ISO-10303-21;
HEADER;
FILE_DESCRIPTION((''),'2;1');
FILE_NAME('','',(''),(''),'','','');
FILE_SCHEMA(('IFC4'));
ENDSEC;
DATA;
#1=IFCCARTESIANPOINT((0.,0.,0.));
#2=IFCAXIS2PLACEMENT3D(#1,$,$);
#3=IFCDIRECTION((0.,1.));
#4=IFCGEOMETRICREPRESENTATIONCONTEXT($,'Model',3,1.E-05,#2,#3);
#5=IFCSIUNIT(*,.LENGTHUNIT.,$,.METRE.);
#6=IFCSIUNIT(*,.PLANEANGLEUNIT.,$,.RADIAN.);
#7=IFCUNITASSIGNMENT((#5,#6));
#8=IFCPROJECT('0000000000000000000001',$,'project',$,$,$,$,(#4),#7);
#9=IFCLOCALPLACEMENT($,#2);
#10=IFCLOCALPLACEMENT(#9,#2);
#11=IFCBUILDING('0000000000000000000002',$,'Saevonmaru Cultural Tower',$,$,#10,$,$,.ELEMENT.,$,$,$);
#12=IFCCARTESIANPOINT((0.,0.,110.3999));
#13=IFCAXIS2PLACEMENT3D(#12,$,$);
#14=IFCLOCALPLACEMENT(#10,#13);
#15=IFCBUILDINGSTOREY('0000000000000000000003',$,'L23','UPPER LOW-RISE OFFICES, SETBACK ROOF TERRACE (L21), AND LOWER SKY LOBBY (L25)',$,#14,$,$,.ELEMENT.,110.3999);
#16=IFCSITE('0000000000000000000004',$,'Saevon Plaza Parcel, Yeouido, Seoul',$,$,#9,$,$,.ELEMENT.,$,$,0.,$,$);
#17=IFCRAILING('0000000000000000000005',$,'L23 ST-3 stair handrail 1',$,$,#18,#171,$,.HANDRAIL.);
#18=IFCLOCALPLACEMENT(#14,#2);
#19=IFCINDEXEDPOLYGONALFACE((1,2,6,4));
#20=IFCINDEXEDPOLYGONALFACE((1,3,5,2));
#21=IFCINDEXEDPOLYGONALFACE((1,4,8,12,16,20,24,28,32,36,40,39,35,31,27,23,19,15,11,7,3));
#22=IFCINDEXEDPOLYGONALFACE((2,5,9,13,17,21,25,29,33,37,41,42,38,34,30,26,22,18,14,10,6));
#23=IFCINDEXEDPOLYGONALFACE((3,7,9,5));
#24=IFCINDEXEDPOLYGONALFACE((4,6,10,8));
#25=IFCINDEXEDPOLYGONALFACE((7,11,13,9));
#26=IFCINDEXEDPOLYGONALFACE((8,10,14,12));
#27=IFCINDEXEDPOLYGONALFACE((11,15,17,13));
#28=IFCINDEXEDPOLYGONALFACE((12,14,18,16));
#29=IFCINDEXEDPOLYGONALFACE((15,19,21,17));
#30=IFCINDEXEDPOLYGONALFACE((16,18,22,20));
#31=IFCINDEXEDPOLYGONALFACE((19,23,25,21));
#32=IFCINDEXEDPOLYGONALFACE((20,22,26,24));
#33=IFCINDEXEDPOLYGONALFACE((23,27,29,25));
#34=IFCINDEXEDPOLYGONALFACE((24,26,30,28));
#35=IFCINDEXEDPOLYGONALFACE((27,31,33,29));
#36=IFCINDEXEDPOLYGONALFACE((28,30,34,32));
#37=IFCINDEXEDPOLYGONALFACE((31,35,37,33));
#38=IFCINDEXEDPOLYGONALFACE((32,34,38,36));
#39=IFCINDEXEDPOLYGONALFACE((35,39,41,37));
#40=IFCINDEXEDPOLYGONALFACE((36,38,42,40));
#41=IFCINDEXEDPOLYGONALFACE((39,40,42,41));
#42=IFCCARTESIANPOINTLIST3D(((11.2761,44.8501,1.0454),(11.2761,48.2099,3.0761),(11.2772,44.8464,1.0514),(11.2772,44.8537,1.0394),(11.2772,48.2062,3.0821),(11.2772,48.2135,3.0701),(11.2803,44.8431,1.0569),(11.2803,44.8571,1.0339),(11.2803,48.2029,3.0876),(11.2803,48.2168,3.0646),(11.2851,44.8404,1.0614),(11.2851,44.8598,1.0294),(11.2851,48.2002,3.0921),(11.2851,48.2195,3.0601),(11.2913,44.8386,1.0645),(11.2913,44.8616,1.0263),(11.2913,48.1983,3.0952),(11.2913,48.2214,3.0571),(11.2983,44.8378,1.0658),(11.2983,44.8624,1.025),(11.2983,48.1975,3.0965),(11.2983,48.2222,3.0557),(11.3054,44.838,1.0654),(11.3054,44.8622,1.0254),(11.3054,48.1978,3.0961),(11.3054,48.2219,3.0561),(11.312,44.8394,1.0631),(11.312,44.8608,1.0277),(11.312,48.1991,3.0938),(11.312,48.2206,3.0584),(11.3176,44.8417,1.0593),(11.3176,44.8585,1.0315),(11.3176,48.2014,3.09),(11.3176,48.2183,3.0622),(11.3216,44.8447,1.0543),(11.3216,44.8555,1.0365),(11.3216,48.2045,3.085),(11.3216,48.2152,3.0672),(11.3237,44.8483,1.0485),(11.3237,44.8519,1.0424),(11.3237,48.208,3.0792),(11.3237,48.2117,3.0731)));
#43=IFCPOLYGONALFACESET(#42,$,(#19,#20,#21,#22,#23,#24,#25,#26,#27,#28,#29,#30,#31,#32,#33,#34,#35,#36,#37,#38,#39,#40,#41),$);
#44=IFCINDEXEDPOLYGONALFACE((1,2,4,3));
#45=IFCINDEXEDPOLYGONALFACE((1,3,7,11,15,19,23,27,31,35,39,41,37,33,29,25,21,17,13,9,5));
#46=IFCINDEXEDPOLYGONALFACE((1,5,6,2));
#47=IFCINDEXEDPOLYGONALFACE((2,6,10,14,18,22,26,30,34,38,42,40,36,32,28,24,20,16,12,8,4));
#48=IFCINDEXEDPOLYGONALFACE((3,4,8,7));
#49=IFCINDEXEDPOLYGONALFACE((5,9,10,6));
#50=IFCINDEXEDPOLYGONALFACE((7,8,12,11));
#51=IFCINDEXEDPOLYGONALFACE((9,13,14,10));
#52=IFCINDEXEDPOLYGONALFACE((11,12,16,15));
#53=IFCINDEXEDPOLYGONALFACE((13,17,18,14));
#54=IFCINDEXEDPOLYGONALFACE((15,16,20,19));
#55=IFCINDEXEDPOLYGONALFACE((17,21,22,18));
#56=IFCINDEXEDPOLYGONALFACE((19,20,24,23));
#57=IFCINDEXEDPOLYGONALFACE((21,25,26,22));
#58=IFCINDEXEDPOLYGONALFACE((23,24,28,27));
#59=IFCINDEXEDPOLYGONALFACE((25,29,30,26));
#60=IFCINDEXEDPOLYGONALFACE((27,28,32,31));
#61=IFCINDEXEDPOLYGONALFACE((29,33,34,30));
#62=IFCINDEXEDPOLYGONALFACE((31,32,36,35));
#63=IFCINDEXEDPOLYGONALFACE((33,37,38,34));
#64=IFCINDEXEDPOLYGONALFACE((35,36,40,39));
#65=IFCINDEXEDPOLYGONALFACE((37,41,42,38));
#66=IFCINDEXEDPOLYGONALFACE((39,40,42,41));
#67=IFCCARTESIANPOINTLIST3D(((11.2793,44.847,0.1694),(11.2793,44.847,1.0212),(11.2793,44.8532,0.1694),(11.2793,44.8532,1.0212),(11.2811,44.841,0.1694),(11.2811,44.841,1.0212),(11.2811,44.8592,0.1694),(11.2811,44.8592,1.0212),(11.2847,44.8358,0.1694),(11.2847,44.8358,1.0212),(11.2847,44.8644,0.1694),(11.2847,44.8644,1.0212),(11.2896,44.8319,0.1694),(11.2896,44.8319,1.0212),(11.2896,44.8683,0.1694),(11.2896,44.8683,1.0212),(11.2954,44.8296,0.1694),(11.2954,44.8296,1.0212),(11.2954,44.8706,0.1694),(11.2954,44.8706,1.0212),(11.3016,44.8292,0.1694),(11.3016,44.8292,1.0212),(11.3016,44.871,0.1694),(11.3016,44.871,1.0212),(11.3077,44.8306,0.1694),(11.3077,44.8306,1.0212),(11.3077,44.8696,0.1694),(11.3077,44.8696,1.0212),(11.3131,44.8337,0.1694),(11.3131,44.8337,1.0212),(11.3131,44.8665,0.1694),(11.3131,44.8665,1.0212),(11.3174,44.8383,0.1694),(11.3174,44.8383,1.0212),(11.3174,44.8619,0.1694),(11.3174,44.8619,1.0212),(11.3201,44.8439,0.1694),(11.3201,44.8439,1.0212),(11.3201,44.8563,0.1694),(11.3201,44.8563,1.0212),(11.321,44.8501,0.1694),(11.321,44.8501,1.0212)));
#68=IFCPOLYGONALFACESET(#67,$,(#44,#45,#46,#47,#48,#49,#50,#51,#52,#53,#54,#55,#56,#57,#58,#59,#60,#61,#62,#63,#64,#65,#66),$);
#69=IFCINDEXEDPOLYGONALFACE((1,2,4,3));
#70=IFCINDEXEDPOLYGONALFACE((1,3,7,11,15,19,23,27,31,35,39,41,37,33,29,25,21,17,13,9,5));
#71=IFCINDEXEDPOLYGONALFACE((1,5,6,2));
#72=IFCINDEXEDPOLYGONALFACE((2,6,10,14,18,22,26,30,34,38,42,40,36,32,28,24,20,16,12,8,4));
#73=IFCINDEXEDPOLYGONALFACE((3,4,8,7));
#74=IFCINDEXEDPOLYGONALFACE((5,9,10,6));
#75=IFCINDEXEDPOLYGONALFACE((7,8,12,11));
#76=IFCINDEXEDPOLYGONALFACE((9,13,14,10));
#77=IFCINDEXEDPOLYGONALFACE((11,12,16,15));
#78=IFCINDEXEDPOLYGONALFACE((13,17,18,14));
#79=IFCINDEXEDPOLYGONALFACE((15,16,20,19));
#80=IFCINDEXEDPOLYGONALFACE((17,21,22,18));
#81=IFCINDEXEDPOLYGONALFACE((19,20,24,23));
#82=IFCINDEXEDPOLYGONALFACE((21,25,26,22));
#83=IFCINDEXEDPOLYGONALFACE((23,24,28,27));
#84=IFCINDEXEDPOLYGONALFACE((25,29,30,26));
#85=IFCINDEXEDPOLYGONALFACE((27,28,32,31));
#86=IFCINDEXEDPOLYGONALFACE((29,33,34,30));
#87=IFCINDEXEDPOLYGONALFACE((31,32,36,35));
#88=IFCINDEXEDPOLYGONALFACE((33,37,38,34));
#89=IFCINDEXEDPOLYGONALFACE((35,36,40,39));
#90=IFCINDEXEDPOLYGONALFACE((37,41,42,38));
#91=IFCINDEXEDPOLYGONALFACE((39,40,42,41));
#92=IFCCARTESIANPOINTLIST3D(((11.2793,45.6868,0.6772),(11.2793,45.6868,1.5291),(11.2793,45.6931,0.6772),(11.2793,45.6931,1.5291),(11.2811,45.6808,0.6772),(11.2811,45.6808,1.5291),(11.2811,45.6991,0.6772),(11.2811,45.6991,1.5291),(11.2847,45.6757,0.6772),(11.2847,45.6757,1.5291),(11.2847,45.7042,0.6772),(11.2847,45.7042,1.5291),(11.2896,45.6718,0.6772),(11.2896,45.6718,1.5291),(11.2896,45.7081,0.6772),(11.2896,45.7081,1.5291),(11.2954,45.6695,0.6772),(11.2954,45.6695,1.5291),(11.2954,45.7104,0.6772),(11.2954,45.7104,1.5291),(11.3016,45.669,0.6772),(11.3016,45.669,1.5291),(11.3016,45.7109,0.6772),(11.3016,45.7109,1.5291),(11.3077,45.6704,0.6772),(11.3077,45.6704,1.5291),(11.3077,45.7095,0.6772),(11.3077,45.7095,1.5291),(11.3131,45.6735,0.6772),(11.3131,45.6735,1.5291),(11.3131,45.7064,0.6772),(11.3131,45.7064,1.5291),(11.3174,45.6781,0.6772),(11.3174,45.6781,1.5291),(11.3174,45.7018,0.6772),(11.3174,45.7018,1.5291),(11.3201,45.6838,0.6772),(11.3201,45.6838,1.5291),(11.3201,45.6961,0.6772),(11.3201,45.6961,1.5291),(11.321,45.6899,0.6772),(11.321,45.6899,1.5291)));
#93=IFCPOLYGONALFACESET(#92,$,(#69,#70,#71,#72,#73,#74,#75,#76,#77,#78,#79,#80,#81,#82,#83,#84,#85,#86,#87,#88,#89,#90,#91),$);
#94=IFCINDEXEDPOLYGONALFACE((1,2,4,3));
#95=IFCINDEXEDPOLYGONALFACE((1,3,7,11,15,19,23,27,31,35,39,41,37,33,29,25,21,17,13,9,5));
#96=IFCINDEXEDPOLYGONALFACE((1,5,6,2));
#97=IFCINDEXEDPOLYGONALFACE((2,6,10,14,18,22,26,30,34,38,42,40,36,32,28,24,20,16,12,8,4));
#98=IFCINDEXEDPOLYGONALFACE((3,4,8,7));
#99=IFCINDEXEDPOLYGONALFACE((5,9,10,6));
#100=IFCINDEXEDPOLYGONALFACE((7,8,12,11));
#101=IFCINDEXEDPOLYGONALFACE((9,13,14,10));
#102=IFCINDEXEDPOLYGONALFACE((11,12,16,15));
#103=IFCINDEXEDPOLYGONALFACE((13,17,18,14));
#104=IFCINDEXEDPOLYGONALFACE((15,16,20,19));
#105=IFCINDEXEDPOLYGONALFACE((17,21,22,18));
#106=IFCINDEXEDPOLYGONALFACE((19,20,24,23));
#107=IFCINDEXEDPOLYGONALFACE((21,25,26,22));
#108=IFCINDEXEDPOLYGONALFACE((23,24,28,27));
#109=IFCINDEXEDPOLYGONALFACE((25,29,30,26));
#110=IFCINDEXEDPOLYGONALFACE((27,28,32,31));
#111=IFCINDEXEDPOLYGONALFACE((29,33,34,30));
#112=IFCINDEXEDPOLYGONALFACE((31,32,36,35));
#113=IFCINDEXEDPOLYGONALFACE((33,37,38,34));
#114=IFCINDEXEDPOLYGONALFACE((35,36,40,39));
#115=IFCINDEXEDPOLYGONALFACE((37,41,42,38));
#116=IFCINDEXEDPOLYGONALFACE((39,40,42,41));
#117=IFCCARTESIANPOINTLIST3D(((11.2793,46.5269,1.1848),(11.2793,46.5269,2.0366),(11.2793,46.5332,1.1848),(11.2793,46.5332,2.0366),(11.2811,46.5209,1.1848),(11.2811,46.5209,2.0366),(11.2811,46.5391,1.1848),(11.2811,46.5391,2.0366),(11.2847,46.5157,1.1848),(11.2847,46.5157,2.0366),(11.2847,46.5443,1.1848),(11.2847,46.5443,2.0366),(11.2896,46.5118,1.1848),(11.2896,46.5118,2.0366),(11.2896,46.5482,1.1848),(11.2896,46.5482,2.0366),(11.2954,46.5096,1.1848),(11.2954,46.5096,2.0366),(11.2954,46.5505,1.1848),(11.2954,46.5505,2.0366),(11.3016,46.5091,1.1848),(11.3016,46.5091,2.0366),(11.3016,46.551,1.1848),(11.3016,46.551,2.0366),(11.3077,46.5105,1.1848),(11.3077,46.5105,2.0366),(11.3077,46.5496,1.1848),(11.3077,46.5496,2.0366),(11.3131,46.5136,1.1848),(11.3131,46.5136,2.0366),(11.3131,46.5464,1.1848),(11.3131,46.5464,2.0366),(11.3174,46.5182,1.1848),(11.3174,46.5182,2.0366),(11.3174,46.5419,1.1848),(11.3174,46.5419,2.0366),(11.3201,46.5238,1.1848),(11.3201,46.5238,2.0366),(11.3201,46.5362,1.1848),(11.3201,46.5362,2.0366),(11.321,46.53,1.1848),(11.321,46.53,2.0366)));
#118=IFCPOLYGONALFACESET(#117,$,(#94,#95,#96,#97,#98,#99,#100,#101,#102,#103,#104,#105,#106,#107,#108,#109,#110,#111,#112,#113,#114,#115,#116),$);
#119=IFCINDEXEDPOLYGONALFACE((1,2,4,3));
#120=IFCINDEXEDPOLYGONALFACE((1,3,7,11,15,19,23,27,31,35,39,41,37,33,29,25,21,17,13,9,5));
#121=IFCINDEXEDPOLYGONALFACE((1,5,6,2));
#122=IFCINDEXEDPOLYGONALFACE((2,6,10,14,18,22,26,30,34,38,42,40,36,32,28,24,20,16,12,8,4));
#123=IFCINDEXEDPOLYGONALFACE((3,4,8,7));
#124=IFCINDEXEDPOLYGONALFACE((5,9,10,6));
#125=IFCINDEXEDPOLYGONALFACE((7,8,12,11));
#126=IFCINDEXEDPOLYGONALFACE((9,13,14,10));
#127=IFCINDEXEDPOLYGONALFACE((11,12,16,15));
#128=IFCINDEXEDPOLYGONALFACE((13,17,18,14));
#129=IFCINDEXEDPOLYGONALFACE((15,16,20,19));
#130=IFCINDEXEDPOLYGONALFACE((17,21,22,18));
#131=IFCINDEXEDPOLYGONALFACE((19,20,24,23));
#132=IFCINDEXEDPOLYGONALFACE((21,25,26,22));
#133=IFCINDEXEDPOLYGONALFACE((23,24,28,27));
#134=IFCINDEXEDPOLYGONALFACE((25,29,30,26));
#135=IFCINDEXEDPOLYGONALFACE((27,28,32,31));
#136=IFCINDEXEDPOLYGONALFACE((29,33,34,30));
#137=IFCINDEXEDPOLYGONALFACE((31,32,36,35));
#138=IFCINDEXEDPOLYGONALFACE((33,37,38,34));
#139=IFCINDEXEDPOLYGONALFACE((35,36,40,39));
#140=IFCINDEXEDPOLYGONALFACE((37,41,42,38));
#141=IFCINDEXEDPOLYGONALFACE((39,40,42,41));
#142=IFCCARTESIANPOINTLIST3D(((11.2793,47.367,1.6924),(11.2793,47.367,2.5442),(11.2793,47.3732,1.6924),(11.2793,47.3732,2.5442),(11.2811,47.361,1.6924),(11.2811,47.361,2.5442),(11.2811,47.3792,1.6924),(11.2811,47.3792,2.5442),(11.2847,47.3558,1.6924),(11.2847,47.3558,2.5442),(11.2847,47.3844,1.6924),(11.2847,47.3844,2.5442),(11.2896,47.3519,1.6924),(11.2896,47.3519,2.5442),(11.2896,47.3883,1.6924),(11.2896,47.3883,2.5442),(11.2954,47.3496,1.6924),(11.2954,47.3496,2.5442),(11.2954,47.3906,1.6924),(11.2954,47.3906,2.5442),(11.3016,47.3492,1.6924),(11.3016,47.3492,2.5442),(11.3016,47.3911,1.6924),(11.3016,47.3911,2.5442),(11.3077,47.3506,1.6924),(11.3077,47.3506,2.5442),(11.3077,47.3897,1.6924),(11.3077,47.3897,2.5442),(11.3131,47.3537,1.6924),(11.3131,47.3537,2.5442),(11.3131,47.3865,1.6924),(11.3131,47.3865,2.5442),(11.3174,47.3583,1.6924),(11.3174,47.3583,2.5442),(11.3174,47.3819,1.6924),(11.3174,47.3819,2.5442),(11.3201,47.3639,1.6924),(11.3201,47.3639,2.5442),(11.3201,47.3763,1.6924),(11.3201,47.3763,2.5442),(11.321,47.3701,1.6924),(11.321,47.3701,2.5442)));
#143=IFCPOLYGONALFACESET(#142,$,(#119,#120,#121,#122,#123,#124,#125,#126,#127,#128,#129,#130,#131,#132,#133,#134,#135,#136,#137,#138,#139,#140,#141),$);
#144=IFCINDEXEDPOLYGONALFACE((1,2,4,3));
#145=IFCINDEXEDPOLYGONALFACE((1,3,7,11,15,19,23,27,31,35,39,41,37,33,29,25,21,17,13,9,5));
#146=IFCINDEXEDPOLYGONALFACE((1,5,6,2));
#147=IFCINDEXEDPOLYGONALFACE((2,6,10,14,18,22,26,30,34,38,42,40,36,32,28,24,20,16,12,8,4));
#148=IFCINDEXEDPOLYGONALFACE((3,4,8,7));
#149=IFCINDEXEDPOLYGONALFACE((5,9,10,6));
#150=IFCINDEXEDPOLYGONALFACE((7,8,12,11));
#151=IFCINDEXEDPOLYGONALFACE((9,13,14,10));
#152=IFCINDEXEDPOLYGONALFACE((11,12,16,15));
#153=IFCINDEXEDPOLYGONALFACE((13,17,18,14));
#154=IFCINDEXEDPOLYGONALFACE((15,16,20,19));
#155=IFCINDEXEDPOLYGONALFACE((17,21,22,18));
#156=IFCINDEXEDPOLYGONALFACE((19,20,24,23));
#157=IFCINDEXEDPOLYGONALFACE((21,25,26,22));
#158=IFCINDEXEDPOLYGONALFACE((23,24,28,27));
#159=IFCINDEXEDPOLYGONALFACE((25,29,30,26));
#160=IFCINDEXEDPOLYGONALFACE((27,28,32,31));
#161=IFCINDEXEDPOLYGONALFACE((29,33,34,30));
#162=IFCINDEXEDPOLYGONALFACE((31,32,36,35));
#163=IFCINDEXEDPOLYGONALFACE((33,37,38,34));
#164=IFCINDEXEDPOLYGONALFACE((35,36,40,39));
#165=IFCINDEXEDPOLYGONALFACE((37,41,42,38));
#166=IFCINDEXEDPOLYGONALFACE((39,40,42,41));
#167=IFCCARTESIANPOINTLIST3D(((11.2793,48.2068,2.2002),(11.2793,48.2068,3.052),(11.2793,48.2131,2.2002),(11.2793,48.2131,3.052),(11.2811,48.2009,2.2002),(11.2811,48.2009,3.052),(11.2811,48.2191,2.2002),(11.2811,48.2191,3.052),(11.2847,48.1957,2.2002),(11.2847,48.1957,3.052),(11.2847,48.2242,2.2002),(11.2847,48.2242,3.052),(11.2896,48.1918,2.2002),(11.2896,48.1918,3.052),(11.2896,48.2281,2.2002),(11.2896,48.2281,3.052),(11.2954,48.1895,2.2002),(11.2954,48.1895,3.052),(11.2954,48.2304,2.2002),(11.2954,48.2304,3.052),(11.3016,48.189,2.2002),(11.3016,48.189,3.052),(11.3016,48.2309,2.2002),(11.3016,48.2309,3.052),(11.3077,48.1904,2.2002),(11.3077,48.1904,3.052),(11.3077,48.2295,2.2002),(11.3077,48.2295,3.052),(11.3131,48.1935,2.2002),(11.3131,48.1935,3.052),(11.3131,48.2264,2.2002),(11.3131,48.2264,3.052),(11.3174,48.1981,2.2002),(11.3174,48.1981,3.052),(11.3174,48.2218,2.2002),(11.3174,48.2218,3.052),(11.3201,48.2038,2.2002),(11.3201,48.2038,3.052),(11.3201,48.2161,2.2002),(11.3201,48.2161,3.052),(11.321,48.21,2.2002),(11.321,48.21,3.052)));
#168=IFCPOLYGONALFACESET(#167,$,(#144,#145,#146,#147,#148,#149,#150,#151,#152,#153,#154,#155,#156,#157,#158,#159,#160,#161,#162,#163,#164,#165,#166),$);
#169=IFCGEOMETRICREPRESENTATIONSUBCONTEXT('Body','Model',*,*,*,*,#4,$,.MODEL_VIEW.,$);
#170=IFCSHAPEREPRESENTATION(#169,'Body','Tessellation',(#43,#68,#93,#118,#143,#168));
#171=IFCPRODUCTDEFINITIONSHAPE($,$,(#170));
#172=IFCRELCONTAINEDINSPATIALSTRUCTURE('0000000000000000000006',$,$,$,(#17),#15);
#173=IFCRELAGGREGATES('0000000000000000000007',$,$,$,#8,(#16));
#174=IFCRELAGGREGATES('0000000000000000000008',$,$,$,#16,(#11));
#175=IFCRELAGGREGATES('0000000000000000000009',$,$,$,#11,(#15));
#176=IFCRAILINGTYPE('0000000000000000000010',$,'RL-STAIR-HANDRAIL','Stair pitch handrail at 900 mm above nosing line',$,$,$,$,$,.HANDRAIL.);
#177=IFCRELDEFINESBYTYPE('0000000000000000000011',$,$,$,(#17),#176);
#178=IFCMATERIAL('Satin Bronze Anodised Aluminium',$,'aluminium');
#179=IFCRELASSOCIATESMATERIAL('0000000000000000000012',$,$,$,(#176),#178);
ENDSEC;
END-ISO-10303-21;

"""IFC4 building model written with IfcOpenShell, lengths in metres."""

from ifc_helpers import new_model, si_unit, direction, frame, origin, origin_2d, place, context, subcontext, project, spatial, circle, extrude, material, type_object, element, save


model = new_model("IFC4")

# Units and contexts
model_context = context("Model", 3, precision=1e-05, world=origin(), true_north=direction((0.0, 1.0)))
body_context = subcontext(model_context, "Body", "Model", "MODEL_VIEW")
ifc_project = project(units=[si_unit("LENGTHUNIT", "METRE"), si_unit("PLANEANGLEUNIT", "RADIAN")], contexts=[model_context])

# Site, building, storey
site_placement = place(None, origin())
site = spatial("IfcSite", under=ifc_project, at=site_placement, Name="Saevon Plaza Parcel, Yeouido, Seoul", CompositionType="ELEMENT", RefElevation=0.0)
building_placement = place(site_placement, origin())
building = spatial("IfcBuilding", under=site, at=building_placement, Name="Saevonmaru Cultural Tower", CompositionType="ELEMENT")
storey_placement = place(building_placement, frame((0.0, 0.0, 110.3999)))
storey = spatial("IfcBuildingStorey", under=building, at=storey_placement, Name="L23", Description="UPPER LOW-RISE OFFICES, SETBACK ROOF TERRACE (L21), AND LOWER SKY LOBBY (L25)", CompositionType="ELEMENT", Elevation=110.3999)

# Shared definitions
ifc_material_1 = material(Name="Satin Bronze Anodised Aluminium", Category="aluminium")

# Railing
railing_type_1 = type_object("IfcRailingType", Name="RL-STAIR-HANDRAIL", Description="Stair pitch handrail at 900 mm above nosing line", PredefinedType="HANDRAIL", material=ifc_material_1)
railing_1_placement = place(storey_placement, frame((11.3, 44.8501, 0.1694)))
element("IfcRailing", 1, at=railing_1_placement, inside=storey, type_object=railing_type_1, Name="L23 ST-3 stair handrail 1", PredefinedType="HANDRAIL", context=body_context, shape_type="SweptSolid", body=[
    extrude(circle(Radius=0.0239, at=origin_2d()), frame((0.0, 0.0, 0.876), z_axis=(0.0, 0.85582, 0.517273), x_axis=(-1.0, 0.0, 0.0)), (0.0, 0.0, 1.0), 3.9258),
    extrude(circle(Radius=0.021, at=origin_2d()), origin(), (0.0, 0.0, 1.0), 0.8518),
    extrude(circle(Radius=0.021, at=origin_2d()), frame((0.0, 0.8398, 0.5078)), (0.0, 0.0, 1.0), 0.8518),
    extrude(circle(Radius=0.021, at=origin_2d()), frame((0.0, 1.6799, 1.0154)), (0.0, 0.0, 1.0), 0.8518),
    extrude(circle(Radius=0.021, at=origin_2d()), frame((0.0, 2.52, 1.5229)), (0.0, 0.0, 1.0), 0.8518),
    extrude(circle(Radius=0.021, at=origin_2d()), frame((0.0, 3.3599, 2.0308)), (0.0, 0.0, 1.0), 0.8518),
])

save(model, "model.ifc")
